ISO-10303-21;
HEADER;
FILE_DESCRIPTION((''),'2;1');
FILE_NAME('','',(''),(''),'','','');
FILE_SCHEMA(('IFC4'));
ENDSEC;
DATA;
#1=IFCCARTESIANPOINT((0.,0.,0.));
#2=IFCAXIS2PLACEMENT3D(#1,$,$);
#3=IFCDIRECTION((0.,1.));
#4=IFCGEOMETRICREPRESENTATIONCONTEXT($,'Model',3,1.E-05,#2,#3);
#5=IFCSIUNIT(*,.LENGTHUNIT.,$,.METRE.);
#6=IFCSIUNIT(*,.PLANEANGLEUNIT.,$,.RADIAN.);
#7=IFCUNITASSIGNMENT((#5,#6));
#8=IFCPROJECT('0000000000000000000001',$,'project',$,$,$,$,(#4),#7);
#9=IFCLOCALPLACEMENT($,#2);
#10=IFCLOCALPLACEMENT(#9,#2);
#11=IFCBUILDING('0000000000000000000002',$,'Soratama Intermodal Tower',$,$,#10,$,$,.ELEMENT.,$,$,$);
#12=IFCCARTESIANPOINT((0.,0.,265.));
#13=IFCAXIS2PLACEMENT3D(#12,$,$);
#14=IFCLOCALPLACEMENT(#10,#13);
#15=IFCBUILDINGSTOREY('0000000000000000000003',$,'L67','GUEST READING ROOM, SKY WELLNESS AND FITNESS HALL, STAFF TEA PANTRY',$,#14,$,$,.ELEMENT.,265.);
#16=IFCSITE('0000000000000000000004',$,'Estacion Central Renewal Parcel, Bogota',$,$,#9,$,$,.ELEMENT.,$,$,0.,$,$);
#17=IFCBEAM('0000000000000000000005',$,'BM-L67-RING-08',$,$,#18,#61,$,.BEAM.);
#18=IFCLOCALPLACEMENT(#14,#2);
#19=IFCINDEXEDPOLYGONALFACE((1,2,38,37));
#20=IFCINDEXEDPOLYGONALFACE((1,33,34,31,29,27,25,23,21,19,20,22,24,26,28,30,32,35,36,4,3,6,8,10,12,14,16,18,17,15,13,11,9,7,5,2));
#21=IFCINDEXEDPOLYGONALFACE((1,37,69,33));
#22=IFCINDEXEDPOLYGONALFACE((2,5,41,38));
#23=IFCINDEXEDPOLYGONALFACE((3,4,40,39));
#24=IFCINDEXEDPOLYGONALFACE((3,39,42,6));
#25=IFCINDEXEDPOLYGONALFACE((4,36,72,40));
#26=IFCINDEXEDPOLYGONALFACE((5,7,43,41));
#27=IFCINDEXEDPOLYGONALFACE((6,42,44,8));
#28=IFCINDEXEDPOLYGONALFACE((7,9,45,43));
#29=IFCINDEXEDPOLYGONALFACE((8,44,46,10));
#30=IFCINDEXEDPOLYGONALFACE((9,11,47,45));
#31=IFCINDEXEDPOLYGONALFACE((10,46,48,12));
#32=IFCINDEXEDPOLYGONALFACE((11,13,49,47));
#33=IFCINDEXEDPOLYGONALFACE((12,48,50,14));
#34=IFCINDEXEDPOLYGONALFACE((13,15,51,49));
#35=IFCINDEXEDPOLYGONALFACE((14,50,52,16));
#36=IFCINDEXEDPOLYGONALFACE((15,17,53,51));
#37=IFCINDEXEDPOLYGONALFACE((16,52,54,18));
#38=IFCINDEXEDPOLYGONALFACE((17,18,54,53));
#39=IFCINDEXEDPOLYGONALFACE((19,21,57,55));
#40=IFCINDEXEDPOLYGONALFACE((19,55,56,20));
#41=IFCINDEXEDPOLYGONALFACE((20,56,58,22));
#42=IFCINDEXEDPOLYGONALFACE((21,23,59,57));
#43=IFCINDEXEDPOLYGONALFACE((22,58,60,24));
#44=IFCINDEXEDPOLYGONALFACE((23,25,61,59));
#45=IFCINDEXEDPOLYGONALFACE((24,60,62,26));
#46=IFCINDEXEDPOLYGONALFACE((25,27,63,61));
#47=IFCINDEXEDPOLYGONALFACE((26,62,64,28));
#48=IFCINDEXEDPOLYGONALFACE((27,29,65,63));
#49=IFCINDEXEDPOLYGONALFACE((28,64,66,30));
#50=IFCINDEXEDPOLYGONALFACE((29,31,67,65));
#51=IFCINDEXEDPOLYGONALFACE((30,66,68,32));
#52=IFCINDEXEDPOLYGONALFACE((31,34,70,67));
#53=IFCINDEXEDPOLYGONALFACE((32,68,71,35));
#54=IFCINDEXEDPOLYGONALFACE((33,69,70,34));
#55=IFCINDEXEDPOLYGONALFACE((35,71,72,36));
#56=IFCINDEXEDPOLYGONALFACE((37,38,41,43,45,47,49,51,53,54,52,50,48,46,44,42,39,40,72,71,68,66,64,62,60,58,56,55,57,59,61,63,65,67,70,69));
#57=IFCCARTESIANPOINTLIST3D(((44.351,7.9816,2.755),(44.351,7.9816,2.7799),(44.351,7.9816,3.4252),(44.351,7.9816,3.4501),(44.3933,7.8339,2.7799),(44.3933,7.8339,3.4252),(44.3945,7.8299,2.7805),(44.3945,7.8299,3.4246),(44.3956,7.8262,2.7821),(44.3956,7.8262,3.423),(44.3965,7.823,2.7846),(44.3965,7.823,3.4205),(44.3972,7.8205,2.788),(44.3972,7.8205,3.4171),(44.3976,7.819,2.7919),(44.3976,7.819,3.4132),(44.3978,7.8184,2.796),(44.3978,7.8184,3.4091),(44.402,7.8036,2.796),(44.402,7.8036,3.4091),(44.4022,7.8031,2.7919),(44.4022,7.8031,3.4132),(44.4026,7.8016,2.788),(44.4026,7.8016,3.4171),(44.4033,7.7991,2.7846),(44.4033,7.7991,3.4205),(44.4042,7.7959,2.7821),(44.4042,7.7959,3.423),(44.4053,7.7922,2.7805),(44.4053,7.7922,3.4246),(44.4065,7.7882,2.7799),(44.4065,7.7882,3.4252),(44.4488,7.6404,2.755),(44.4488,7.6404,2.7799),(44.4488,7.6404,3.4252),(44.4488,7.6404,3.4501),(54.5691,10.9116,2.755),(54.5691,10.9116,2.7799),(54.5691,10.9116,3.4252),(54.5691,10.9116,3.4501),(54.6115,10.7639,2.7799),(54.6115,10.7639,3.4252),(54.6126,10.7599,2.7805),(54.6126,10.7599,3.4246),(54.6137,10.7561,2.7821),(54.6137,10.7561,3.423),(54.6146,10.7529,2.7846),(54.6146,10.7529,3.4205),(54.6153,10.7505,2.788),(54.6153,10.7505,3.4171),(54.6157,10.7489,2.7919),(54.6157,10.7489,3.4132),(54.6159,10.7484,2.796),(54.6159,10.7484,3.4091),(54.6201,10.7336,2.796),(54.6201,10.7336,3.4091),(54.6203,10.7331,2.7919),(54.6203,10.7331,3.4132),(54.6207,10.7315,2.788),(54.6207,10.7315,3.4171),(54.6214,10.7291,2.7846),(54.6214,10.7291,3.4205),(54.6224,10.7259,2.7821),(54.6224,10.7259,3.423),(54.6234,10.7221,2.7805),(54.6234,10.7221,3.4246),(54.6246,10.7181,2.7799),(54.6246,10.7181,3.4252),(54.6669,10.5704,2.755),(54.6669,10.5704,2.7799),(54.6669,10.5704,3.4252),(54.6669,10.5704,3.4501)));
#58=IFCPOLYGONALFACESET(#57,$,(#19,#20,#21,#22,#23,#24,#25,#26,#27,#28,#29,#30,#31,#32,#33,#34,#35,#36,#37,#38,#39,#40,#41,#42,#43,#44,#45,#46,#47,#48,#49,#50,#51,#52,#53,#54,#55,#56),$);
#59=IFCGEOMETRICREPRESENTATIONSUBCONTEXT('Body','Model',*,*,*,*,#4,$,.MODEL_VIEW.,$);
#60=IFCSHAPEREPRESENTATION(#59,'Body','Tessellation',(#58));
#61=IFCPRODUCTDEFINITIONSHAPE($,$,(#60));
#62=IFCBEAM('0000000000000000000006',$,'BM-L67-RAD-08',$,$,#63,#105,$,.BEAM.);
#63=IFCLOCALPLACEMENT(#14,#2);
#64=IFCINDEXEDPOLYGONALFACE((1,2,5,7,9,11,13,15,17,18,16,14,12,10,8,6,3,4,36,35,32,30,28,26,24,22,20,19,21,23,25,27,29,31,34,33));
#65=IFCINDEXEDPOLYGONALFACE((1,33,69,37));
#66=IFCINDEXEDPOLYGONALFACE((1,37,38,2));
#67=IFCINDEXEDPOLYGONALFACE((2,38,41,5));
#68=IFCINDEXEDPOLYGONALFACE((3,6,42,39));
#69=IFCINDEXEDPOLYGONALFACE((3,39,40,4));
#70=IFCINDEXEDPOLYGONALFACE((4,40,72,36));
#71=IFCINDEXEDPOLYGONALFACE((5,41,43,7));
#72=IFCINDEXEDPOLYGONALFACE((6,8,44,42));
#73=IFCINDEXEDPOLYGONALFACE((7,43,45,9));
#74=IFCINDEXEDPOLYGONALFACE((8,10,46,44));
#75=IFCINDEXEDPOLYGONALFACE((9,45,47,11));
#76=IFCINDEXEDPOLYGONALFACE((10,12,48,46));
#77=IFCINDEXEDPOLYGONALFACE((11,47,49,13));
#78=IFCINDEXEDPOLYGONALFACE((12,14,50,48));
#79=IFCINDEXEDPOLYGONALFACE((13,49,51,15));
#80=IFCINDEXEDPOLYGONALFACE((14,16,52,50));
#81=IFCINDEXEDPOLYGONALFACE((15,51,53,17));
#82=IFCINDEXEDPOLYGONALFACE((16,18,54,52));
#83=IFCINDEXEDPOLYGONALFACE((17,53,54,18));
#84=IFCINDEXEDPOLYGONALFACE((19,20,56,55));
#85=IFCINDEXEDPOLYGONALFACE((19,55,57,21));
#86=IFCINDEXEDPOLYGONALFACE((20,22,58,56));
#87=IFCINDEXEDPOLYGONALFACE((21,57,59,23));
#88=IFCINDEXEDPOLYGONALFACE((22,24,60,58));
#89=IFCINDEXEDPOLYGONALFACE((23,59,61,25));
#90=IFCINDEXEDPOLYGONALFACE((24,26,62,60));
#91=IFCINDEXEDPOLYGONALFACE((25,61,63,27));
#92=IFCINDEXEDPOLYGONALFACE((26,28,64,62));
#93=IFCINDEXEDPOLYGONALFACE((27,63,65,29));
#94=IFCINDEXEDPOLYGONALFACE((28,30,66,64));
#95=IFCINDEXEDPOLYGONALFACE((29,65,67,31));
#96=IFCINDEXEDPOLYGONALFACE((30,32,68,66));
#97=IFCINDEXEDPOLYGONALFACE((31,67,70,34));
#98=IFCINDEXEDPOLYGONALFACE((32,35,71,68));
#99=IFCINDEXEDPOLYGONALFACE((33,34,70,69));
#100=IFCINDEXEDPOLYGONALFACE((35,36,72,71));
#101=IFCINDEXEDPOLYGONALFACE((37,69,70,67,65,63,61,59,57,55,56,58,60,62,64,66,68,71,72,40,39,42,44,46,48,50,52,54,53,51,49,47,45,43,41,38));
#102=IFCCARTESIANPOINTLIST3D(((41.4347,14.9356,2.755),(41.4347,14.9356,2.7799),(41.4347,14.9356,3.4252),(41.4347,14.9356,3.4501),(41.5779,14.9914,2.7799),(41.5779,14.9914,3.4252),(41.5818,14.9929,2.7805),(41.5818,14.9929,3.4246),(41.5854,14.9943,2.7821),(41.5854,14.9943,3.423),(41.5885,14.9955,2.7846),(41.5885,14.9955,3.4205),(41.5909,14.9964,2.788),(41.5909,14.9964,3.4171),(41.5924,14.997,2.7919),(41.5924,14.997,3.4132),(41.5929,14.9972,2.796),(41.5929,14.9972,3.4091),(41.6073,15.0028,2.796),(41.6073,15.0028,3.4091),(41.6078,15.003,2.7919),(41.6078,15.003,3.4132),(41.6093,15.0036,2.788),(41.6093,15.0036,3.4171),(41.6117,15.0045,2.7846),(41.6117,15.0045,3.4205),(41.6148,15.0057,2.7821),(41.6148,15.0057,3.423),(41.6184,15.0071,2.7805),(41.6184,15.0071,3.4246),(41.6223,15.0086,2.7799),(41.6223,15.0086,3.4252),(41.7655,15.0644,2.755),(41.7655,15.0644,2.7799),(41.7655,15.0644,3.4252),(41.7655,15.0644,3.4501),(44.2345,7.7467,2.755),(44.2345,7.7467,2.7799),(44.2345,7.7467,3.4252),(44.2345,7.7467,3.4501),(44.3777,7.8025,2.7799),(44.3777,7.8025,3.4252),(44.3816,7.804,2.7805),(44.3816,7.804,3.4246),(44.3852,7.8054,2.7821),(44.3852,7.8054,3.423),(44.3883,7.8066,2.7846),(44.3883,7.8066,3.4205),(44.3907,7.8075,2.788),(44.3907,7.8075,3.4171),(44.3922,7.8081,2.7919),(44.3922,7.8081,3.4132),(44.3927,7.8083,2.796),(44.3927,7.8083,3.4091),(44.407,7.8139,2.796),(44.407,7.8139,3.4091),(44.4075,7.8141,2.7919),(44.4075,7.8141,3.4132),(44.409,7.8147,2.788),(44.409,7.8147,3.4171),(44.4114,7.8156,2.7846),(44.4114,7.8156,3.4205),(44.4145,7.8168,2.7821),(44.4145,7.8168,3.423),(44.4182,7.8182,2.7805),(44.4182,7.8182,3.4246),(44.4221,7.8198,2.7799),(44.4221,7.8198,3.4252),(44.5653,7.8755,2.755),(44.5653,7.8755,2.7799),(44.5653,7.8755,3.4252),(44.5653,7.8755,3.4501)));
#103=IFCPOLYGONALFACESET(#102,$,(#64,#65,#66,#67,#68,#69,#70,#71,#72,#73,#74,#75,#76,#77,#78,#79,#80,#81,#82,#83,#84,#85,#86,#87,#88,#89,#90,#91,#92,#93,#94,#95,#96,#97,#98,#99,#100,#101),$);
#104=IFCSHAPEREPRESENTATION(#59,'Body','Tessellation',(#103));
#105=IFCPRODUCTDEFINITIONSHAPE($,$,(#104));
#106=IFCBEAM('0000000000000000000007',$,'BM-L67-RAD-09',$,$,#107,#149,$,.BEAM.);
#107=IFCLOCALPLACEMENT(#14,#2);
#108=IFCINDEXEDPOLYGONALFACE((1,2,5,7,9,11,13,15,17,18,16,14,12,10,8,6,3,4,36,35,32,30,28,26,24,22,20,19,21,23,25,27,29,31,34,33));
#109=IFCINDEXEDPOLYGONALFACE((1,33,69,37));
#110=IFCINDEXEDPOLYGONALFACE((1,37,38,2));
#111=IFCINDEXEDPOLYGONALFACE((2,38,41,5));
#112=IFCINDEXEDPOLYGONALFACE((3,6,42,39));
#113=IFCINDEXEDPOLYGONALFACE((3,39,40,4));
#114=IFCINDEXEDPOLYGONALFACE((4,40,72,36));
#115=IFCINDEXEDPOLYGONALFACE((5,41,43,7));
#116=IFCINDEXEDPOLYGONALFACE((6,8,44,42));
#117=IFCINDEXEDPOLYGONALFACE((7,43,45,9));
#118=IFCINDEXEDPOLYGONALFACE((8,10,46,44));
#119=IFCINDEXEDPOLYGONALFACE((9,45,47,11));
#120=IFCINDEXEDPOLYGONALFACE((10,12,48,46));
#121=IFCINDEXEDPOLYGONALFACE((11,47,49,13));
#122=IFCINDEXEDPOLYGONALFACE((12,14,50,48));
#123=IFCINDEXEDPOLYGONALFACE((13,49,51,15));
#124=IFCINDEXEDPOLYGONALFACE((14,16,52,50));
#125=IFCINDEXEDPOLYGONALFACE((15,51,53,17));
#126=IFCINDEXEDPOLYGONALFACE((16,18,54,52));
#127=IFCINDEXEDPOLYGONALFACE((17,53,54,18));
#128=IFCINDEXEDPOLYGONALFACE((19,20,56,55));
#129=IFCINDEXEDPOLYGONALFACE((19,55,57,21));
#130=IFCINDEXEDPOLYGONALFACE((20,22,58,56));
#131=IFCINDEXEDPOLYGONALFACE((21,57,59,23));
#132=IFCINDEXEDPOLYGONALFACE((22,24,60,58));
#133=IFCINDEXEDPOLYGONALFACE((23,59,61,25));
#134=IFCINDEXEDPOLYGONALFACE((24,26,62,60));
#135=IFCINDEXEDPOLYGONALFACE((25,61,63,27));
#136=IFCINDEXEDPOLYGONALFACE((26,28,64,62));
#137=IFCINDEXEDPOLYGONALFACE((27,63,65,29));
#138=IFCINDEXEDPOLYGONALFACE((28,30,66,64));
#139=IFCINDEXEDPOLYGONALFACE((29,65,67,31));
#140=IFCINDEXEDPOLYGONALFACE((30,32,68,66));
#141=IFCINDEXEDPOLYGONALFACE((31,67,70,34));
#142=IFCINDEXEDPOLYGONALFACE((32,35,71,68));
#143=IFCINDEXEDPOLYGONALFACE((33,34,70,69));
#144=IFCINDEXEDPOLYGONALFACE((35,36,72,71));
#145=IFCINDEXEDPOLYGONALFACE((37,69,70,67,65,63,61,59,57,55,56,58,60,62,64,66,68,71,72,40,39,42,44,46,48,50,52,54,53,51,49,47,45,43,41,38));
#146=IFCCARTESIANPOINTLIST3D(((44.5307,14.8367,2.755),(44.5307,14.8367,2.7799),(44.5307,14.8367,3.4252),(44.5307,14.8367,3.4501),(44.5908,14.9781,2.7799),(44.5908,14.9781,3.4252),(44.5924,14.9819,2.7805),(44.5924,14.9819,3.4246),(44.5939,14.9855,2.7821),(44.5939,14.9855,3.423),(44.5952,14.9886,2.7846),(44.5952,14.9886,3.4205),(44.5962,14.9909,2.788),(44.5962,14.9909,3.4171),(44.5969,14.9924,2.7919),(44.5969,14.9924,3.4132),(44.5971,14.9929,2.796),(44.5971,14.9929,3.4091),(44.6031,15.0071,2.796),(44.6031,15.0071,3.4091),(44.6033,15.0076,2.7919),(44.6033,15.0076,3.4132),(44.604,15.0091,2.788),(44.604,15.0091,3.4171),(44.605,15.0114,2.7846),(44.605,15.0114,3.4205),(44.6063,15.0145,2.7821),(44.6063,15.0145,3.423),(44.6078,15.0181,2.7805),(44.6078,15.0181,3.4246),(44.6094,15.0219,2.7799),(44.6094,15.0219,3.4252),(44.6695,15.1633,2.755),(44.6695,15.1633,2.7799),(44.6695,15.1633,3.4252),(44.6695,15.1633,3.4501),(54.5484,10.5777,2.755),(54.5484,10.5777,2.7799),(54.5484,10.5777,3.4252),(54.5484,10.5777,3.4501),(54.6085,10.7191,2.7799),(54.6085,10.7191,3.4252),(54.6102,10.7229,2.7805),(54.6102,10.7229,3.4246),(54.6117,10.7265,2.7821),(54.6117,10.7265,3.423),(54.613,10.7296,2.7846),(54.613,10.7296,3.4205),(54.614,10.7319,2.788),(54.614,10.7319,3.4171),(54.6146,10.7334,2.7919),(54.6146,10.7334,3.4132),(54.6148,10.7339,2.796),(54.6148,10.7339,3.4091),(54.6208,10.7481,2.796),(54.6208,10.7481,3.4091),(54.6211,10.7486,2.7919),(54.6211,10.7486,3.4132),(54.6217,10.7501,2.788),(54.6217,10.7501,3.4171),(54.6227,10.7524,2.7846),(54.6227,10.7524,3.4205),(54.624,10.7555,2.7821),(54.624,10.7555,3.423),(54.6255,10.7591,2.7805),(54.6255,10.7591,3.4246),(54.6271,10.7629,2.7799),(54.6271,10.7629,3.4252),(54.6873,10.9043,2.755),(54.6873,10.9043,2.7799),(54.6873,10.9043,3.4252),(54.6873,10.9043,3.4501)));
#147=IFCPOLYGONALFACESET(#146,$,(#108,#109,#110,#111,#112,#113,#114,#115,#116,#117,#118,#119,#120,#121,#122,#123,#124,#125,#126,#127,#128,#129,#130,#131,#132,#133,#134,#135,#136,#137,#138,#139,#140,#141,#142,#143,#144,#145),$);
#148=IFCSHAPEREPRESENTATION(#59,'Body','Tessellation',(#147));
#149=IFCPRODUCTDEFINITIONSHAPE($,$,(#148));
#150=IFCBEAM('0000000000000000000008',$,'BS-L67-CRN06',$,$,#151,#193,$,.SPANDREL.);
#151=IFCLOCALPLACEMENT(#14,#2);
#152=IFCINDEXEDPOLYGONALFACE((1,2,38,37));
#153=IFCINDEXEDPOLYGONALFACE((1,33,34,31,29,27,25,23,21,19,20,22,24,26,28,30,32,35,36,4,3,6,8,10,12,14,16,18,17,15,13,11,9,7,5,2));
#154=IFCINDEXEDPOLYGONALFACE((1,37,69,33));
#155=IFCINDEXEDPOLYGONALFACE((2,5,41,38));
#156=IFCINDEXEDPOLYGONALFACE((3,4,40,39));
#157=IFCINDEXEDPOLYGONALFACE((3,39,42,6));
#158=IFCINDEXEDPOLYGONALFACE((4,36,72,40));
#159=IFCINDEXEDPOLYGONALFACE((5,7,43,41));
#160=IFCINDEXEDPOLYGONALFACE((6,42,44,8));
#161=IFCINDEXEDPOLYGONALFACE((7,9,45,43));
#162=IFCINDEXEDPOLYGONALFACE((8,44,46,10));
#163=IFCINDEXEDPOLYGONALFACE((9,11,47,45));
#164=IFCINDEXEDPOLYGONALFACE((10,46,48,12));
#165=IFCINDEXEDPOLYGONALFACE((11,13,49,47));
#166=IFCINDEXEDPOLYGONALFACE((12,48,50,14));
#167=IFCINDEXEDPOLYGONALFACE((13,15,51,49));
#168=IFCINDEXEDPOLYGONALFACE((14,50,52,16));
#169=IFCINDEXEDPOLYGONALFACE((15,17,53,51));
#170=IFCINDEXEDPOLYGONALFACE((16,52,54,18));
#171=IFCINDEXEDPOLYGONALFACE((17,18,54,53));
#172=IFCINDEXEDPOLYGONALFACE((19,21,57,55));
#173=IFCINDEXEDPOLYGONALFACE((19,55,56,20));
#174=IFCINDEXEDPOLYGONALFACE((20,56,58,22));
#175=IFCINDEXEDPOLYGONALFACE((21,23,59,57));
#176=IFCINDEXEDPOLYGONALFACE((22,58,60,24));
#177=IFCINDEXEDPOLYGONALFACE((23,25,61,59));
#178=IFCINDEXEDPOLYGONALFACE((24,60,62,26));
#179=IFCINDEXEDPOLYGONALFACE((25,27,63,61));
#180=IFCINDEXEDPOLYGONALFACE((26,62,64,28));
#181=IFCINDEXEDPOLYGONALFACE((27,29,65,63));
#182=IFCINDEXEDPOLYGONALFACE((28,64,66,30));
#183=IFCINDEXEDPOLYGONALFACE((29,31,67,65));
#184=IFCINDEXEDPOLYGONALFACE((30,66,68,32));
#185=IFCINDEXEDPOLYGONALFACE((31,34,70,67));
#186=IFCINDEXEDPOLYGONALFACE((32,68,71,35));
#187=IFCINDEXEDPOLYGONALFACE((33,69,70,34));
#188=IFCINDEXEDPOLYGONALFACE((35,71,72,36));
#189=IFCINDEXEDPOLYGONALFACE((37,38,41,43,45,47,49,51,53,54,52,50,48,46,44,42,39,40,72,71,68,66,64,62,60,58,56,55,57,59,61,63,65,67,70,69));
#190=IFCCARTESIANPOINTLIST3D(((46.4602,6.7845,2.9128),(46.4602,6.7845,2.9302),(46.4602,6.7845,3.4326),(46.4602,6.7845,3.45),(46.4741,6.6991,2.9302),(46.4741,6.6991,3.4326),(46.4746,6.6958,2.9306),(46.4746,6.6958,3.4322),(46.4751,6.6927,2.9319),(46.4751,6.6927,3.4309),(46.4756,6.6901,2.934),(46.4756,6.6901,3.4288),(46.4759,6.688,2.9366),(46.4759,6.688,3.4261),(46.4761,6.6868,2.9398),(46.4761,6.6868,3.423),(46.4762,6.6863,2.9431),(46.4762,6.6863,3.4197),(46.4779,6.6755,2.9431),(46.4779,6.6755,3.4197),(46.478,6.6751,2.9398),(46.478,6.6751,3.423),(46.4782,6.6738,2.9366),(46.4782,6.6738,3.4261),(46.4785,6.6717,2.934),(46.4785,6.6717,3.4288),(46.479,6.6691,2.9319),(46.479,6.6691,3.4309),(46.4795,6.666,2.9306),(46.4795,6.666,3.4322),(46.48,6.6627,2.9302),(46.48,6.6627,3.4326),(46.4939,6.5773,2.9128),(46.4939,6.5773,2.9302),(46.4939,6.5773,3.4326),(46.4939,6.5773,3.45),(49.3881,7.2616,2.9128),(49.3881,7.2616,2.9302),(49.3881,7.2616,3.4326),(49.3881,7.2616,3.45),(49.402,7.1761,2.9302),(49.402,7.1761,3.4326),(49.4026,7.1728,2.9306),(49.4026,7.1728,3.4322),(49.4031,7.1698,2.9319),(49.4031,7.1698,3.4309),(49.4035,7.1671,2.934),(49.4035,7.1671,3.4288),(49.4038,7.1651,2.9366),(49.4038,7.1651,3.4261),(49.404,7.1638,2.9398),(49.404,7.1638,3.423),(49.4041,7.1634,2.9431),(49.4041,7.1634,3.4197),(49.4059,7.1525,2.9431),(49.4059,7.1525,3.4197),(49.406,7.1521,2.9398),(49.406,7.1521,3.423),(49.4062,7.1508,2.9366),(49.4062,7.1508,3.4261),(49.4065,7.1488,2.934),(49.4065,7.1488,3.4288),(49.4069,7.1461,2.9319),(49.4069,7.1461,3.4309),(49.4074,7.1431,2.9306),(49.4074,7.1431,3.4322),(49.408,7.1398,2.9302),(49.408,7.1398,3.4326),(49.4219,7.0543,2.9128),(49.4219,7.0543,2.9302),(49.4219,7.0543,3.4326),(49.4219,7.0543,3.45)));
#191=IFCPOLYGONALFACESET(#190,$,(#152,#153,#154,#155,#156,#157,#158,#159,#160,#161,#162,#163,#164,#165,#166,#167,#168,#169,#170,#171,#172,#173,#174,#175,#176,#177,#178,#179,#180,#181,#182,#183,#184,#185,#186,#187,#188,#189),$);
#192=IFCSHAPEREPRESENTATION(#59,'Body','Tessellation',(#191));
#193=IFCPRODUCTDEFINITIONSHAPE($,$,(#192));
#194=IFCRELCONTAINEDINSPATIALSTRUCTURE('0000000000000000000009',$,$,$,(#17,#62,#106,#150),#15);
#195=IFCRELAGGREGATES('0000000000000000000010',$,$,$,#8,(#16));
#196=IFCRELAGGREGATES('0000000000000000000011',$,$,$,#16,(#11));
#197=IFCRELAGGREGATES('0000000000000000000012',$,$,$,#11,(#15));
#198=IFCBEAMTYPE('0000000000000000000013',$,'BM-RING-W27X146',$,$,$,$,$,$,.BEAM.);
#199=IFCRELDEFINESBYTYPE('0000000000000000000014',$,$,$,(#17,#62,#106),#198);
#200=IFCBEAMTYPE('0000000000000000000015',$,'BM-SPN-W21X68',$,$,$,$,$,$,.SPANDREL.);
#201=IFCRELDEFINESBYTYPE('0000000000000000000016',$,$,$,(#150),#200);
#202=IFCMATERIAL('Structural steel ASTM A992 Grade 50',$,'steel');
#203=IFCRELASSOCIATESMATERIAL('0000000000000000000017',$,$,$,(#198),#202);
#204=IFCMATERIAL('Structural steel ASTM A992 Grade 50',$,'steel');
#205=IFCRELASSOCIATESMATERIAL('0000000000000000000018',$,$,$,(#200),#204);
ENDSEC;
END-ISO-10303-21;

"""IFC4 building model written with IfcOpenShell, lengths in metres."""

from ifc_helpers import new_model, si_unit, direction, frame, origin, origin_2d, place, context, subcontext, project, spatial, i_section, extrude, material, material_profile, profile_set, type_object, element, save


model = new_model("IFC4")

# Units and contexts
model_context = context("Model", 3, precision=1e-05, world=origin(), true_north=direction((0.0, 1.0)))
body_context = subcontext(model_context, "Body", "Model", "MODEL_VIEW")
ifc_project = project(units=[si_unit("LENGTHUNIT", "METRE"), si_unit("PLANEANGLEUNIT", "RADIAN")], contexts=[model_context])

# Site, building, storey
site_placement = place(None, origin())
site = spatial("IfcSite", under=ifc_project, at=site_placement, Name="Estacion Central Renewal Parcel, Bogota", CompositionType="ELEMENT", RefElevation=0.0)
building_placement = place(site_placement, origin())
building = spatial("IfcBuilding", under=site, at=building_placement, Name="Soratama Intermodal Tower", CompositionType="ELEMENT")
storey_placement = place(building_placement, frame((0.0, 0.0, 265.0)))
storey = spatial("IfcBuildingStorey", under=building, at=storey_placement, Name="L67", Description="GUEST READING ROOM, SKY WELLNESS AND FITNESS HALL, STAFF TEA PANTRY", CompositionType="ELEMENT", Elevation=265.0)

# Beams
ifc_material_1 = material(Name="Structural steel ASTM A992 Grade 50", Category="steel")
ifc_material_profile_1 = material_profile(ifc_material_1, i_section(OverallWidth=0.355, OverallDepth=0.6951, WebThickness=0.0154, FlangeThickness=0.0249, FilletRadius=0.0161, at=origin_2d()), Name="W27X146")
ifc_profile_set_1 = profile_set([ifc_material_profile_1], Name="Structural steel ASTM A992 Grade 50")
beam_type_1 = type_object("IfcBeamType", Name="BM-RING-W27X146", PredefinedType="BEAM", material=ifc_profile_set_1)
beam_1_placement = place(storey_placement, frame((44.3999, 7.811, 3.1025), z_axis=(0.961263, 0.275634, 0.0), x_axis=(-0.275634, 0.961263, 0.0)))
element("IfcBeam", 1, at=beam_1_placement, inside=storey, type_object=beam_type_1, Name="BM-L67-RING-08", PredefinedType="BEAM", context=body_context, shape_type="SweptSolid", body=[
    extrude(i_section(OverallWidth=0.355, OverallDepth=0.6951, WebThickness=0.0154, FlangeThickness=0.0249, FilletRadius=0.0161, at=origin_2d()), origin(), (0.0, 0.0, 1.0), 10.6299),
])
beam_2_placement = place(storey_placement, frame((41.6001, 15.0, 3.1025), z_axis=(0.362907, -0.931825, 0.0), x_axis=(0.931825, 0.362907, 0.0)))
element("IfcBeam", 2, at=beam_2_placement, inside=storey, type_object=beam_type_1, Name="BM-L67-RAD-08", PredefinedType="BEAM", context=body_context, shape_type="SweptSolid", body=[
    extrude(i_section(OverallWidth=0.355, OverallDepth=0.6951, WebThickness=0.0154, FlangeThickness=0.0249, FilletRadius=0.0161, at=origin_2d()), origin(), (0.0, 0.0, 1.0), 7.7148),
])
beam_3_placement = place(storey_placement, frame((44.6001, 15.0, 3.1025), z_axis=(0.920283, -0.391254, 0.0), x_axis=(0.391254, 0.920283, 0.0)))
element("IfcBeam", 3, at=beam_3_placement, inside=storey, type_object=beam_type_1, Name="BM-L67-RAD-09", PredefinedType="BEAM", context=body_context, shape_type="SweptSolid", body=[
    extrude(i_section(OverallWidth=0.355, OverallDepth=0.6951, WebThickness=0.0154, FlangeThickness=0.0249, FilletRadius=0.0161, at=origin_2d()), origin(), (0.0, 0.0, 1.0), 10.8855),
])
ifc_material_2 = material(Name="Structural steel ASTM A992 Grade 50", Category="steel")
ifc_material_profile_2 = material_profile(ifc_material_2, i_section(OverallWidth=0.21, OverallDepth=0.5371, WebThickness=0.011, FlangeThickness=0.0173, FilletRadius=0.0129, at=origin_2d()), Name="W21X68")
ifc_profile_set_2 = profile_set([ifc_material_profile_2], Name="Structural steel ASTM A992 Grade 50")
beam_type_2 = type_object("IfcBeamType", Name="BM-SPN-W21X68", PredefinedType="SPANDREL", material=ifc_profile_set_2)
beam_4_placement = place(storey_placement, frame((46.4771, 6.6809, 3.1814), z_axis=(0.986986, 0.160808, 0.0), x_axis=(-0.160808, 0.986986, 0.0)))
element("IfcBeam", 4, at=beam_4_placement, inside=storey, type_object=beam_type_2, Name="BS-L67-CRN06", PredefinedType="SPANDREL", context=body_context, shape_type="SweptSolid", body=[
    extrude(i_section(OverallWidth=0.21, OverallDepth=0.5371, WebThickness=0.011, FlangeThickness=0.0173, FilletRadius=0.0129, at=origin_2d()), origin(), (0.0, 0.0, 1.0), 2.9666),
])

save(model, "model.ifc")
